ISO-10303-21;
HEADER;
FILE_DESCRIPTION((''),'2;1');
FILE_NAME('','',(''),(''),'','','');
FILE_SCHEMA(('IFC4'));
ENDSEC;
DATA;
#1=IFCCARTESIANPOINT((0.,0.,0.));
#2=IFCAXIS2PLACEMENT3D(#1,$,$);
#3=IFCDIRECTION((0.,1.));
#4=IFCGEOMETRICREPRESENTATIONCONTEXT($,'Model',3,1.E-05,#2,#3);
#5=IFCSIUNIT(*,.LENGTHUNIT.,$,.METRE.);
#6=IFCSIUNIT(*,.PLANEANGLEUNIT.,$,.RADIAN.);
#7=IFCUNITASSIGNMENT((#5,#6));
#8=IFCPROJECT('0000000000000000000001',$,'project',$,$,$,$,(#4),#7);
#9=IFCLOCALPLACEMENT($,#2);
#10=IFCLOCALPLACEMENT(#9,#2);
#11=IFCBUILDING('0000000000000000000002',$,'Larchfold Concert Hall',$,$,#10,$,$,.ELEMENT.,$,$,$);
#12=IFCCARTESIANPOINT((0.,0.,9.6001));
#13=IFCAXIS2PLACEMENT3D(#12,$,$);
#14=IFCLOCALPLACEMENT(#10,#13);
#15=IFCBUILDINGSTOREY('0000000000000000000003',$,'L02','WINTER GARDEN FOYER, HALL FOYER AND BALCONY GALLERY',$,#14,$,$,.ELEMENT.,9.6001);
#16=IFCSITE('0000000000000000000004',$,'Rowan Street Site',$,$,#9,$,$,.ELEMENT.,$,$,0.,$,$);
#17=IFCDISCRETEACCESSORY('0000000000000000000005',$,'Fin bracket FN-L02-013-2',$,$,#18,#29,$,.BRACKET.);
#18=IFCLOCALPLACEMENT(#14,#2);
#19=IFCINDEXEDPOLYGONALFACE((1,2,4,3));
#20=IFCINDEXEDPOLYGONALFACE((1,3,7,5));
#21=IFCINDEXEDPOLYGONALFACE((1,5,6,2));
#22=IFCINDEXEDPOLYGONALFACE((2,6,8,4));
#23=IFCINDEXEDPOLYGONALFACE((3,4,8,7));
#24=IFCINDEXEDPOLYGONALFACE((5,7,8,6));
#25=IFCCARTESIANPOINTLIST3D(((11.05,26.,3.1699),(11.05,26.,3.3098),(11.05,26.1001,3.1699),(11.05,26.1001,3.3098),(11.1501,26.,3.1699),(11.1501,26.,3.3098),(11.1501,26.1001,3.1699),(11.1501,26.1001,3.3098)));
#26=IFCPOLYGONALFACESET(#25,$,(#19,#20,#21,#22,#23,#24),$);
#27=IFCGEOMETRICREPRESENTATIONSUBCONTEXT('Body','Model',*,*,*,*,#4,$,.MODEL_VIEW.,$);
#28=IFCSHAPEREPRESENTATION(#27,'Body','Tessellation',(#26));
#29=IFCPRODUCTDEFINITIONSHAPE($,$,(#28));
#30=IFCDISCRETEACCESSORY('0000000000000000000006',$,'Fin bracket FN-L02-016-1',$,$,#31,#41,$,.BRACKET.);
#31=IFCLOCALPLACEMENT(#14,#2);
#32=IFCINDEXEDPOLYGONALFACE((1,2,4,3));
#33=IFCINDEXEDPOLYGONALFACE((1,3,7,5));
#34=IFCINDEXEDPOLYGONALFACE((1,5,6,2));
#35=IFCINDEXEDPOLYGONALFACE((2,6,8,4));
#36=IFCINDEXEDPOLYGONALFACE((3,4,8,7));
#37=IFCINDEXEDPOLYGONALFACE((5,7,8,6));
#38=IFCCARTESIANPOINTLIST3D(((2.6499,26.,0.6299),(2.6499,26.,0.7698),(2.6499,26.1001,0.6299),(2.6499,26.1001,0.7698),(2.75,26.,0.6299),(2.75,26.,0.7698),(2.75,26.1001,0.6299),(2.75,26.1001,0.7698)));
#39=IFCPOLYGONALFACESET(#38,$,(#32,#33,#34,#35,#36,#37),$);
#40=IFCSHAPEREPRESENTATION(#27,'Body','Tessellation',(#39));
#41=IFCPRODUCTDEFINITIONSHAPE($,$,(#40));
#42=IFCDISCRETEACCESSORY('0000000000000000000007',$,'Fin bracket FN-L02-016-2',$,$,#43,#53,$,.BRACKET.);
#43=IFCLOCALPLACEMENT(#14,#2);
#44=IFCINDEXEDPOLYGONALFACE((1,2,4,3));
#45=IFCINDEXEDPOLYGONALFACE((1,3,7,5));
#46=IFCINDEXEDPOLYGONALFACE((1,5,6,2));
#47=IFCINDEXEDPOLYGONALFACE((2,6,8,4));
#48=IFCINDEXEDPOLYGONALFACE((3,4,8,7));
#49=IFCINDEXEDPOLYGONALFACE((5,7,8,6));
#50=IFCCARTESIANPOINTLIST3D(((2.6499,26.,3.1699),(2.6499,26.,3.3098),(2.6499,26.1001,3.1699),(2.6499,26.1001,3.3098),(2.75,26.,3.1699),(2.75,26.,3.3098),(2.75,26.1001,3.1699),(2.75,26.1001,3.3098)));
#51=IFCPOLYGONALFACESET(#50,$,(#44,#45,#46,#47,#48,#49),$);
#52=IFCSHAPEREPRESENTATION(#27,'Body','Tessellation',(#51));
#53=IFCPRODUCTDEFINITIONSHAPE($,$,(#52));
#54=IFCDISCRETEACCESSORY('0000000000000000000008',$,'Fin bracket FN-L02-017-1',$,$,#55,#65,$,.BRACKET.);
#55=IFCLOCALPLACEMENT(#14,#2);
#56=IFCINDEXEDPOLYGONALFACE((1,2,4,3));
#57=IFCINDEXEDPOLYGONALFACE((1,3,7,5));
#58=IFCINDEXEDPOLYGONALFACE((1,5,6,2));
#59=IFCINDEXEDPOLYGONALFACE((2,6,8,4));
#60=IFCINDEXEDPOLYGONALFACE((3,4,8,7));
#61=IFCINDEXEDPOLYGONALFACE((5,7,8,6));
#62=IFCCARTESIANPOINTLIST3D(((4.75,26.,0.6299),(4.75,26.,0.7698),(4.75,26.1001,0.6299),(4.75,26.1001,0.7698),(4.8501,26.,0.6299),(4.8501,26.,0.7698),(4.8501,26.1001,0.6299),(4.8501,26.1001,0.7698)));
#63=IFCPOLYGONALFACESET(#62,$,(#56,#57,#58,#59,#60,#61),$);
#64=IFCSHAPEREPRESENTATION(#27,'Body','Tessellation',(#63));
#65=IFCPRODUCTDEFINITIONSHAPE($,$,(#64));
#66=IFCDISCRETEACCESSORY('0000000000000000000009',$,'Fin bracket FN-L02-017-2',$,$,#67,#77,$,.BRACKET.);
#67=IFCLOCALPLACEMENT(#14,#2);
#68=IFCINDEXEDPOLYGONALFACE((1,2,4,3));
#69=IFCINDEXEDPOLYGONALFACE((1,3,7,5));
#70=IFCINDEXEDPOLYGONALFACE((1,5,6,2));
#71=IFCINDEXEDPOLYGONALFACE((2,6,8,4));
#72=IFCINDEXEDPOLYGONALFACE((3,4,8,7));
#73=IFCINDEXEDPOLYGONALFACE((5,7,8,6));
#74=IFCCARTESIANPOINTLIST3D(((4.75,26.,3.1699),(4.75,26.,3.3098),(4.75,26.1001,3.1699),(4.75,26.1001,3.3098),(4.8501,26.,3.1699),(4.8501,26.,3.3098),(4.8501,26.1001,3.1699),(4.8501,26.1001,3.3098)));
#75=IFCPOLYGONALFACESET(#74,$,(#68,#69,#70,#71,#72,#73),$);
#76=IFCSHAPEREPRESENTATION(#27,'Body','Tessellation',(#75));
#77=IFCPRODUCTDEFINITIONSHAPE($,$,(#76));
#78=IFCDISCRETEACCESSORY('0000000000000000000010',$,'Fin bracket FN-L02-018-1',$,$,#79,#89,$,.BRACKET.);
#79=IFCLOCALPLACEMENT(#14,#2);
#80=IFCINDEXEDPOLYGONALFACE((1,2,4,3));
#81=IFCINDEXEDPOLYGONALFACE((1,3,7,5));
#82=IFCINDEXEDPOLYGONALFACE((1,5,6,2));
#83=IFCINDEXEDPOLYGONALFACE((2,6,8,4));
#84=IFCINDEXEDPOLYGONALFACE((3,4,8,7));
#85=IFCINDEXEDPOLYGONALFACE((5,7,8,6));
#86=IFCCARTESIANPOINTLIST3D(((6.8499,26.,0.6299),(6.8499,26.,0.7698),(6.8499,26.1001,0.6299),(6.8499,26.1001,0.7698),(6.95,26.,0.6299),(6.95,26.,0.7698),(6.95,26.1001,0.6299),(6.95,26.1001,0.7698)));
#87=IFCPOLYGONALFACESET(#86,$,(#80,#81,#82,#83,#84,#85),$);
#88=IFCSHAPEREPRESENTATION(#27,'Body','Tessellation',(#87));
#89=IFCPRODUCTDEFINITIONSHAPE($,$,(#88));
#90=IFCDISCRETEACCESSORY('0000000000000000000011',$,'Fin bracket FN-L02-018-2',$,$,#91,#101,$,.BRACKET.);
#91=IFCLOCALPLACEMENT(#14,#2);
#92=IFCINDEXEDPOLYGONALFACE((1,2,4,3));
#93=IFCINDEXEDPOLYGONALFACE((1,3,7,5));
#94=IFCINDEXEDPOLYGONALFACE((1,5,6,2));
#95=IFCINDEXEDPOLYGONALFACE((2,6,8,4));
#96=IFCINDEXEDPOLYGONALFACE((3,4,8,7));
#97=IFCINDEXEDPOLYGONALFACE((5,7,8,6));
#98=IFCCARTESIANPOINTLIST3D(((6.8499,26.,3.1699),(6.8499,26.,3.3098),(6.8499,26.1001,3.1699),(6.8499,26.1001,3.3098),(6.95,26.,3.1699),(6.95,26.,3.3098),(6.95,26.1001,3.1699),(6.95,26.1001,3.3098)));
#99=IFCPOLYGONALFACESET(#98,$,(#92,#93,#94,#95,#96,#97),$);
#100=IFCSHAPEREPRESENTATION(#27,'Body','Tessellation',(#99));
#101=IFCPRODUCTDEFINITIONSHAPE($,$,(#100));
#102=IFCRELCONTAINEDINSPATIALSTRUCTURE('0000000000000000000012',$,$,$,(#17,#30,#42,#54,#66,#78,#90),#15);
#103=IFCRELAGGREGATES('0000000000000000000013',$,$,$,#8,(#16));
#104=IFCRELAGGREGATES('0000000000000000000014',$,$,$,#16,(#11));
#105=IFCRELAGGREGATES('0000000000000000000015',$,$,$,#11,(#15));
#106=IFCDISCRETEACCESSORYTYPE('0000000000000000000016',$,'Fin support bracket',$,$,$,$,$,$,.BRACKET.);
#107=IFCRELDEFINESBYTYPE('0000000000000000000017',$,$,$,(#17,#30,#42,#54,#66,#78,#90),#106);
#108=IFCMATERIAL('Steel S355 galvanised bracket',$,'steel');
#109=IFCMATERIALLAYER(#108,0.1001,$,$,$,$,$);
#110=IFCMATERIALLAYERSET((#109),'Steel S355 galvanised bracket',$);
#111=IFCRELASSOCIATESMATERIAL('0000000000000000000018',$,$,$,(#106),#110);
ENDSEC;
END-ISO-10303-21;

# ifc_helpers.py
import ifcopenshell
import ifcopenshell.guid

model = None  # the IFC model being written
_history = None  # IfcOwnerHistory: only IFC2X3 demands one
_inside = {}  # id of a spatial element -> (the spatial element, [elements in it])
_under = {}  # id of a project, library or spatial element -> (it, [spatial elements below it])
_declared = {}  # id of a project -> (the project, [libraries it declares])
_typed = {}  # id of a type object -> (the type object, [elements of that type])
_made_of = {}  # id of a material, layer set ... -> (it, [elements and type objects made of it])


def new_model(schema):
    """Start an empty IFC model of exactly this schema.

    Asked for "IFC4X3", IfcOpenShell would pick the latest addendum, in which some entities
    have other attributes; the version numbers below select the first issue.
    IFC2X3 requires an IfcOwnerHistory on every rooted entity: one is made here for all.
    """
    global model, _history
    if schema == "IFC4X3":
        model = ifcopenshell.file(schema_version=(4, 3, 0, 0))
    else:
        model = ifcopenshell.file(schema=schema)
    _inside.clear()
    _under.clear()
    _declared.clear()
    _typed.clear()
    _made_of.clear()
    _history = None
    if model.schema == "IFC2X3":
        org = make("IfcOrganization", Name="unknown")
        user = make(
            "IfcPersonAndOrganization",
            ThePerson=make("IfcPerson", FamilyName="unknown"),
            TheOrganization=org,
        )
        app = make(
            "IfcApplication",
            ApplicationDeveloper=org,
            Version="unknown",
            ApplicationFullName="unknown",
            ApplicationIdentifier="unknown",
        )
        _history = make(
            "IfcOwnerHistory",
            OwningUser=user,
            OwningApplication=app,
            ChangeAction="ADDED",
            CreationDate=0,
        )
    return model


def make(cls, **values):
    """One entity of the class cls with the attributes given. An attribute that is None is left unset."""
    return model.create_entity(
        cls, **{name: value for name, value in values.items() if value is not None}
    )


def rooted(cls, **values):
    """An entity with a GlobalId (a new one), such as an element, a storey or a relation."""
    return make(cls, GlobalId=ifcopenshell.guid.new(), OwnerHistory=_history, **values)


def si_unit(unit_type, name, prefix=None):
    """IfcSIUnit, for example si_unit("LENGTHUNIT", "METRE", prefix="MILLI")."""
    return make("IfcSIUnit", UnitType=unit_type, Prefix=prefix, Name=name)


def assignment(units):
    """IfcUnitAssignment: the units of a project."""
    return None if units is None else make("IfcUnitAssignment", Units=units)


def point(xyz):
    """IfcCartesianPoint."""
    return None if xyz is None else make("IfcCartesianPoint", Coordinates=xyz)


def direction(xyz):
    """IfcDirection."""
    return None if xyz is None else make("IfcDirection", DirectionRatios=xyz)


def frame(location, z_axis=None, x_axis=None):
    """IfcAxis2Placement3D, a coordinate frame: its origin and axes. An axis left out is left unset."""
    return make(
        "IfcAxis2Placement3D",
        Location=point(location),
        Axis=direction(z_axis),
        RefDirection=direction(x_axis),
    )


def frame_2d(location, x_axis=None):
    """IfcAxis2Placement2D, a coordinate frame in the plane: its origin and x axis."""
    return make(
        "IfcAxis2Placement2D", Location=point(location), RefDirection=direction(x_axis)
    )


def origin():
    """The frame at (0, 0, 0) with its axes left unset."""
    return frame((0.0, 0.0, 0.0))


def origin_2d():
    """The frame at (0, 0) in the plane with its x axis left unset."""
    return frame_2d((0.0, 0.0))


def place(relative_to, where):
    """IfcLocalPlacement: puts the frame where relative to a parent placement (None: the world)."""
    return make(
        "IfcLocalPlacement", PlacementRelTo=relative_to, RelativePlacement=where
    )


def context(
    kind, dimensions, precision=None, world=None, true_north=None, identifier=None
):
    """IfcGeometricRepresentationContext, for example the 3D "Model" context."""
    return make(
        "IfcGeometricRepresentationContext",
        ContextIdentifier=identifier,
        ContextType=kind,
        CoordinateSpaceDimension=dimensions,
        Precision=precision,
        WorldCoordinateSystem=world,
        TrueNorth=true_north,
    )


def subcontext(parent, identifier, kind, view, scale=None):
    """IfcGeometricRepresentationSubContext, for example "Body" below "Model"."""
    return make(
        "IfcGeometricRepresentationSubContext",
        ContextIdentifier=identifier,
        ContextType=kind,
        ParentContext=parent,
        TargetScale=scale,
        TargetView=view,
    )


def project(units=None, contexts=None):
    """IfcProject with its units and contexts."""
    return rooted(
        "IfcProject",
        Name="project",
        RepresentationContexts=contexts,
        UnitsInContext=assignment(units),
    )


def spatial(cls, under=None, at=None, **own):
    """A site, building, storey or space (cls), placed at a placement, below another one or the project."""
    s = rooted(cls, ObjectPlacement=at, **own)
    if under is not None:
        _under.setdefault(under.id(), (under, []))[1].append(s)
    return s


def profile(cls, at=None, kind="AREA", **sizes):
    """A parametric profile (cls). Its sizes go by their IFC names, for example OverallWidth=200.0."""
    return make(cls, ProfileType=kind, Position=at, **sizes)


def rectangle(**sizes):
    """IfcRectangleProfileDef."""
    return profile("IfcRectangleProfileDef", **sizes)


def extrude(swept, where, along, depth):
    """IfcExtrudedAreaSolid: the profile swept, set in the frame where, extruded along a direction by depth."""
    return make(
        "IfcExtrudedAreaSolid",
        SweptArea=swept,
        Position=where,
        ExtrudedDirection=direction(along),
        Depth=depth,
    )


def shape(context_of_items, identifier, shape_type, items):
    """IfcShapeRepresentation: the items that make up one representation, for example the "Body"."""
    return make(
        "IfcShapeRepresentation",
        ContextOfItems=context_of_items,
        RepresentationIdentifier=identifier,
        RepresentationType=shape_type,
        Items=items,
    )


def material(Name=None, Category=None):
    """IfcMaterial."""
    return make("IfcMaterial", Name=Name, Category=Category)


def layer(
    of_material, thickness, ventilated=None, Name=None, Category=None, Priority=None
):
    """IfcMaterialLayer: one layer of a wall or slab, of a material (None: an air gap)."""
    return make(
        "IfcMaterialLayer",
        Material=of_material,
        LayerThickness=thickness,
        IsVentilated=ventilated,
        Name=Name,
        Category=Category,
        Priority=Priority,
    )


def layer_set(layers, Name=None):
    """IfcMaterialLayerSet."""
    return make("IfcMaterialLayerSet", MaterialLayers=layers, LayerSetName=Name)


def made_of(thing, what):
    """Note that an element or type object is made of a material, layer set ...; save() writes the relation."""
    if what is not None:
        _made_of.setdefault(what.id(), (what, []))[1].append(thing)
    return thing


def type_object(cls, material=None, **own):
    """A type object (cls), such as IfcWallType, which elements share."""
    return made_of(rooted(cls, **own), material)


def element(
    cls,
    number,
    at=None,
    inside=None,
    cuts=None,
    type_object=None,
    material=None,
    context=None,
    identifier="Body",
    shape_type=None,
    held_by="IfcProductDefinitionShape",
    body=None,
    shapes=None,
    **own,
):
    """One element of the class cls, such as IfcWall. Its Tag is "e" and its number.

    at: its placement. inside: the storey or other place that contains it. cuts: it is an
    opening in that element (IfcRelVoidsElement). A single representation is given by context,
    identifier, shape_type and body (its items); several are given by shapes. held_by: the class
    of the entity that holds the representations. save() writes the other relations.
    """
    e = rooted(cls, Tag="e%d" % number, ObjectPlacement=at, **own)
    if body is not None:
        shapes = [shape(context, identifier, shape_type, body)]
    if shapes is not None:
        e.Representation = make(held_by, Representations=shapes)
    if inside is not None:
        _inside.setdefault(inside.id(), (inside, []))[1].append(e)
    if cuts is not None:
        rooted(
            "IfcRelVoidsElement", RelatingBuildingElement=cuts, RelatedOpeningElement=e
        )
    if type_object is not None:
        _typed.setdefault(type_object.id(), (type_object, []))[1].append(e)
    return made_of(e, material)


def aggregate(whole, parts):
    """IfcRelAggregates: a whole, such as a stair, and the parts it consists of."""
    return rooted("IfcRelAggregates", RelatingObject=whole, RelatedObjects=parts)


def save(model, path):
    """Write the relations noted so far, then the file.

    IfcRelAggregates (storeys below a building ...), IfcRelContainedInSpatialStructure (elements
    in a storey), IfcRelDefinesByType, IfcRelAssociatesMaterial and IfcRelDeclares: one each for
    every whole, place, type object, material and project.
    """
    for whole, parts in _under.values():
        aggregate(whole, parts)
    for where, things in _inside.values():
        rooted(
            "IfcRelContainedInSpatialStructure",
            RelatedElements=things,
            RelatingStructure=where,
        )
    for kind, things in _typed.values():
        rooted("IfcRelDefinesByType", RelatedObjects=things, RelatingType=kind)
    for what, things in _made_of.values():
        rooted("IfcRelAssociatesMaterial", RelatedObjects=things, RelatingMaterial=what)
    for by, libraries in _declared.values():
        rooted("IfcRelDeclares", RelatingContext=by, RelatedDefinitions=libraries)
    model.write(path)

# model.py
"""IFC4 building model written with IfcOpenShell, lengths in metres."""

from ifc_helpers import new_model, si_unit, direction, frame, origin, origin_2d, place, context, subcontext, project, spatial, rectangle, extrude, material, layer, layer_set, type_object, element, save


model = new_model("IFC4")

# Units and contexts
model_context = context("Model", 3, precision=1e-05, world=origin(), true_north=direction((0.0, 1.0)))
body_context = subcontext(model_context, "Body", "Model", "MODEL_VIEW")
ifc_project = project(units=[si_unit("LENGTHUNIT", "METRE"), si_unit("PLANEANGLEUNIT", "RADIAN")], contexts=[model_context])

# Site, building, storey
site_placement = place(None, origin())
site = spatial("IfcSite", under=ifc_project, at=site_placement, Name="Rowan Street Site", CompositionType="ELEMENT", RefElevation=0.0)
building_placement = place(site_placement, origin())
building = spatial("IfcBuilding", under=site, at=building_placement, Name="Larchfold Concert Hall", CompositionType="ELEMENT")
storey_placement = place(building_placement, frame((0.0, 0.0, 9.6001)))
storey = spatial("IfcBuildingStorey", under=building, at=storey_placement, Name="L02", Description="WINTER GARDEN FOYER, HALL FOYER AND BALCONY GALLERY", CompositionType="ELEMENT", Elevation=9.6001)

# Discrete accessories
ifc_material_1 = material(Name="Steel S355 galvanised bracket", Category="steel")
ifc_layer_1 = layer(ifc_material_1, 0.1001)
ifc_layer_set_1 = layer_set([ifc_layer_1], Name="Steel S355 galvanised bracket")
discrete_accessory_type = type_object("IfcDiscreteAccessoryType", Name="Fin support bracket", PredefinedType="BRACKET", material=ifc_layer_set_1)
for number, where, z_axis, x_axis, name in (
    (1, (11.1001, 26.05, 3.1699), (0.0, 0.0, 1.0), (0.0, 1.0, 0.0), "Fin bracket FN-L02-013-2"),
    (2, (2.7, 26.05, 0.6299), (0.0, 0.0, 1.0), (0.0, 1.0, 0.0), "Fin bracket FN-L02-016-1"),
    (3, (2.7, 26.05, 3.1699), (0.0, 0.0, 1.0), (0.0, 1.0, 0.0), "Fin bracket FN-L02-016-2"),
    (4, (4.8, 26.05, 0.6299), (0.0, 0.0, 1.0), (0.0, 1.0, 0.0), "Fin bracket FN-L02-017-1"),
    (5, (4.8, 26.05, 3.1699), (0.0, 0.0, 1.0), (0.0, 1.0, 0.0), "Fin bracket FN-L02-017-2"),
    (6, (6.8999, 26.05, 0.6299), (0.0, 0.0, 1.0), (0.0, 1.0, 0.0), "Fin bracket FN-L02-018-1"),
    (7, (6.8999, 26.05, 3.1699), (0.0, 0.0, 1.0), (0.0, 1.0, 0.0), "Fin bracket FN-L02-018-2"),
):
    element("IfcDiscreteAccessory", number, at=place(storey_placement, frame(where, z_axis=z_axis, x_axis=x_axis)), inside=storey, type_object=discrete_accessory_type, Name=name, PredefinedType="BRACKET", context=body_context, shape_type="SweptSolid", body=[
        extrude(rectangle(XDim=0.1001, YDim=0.1001, at=origin_2d()), origin(), (0.0, 0.0, 1.0), 0.1399),
    ])

save(model, "model.ifc")
